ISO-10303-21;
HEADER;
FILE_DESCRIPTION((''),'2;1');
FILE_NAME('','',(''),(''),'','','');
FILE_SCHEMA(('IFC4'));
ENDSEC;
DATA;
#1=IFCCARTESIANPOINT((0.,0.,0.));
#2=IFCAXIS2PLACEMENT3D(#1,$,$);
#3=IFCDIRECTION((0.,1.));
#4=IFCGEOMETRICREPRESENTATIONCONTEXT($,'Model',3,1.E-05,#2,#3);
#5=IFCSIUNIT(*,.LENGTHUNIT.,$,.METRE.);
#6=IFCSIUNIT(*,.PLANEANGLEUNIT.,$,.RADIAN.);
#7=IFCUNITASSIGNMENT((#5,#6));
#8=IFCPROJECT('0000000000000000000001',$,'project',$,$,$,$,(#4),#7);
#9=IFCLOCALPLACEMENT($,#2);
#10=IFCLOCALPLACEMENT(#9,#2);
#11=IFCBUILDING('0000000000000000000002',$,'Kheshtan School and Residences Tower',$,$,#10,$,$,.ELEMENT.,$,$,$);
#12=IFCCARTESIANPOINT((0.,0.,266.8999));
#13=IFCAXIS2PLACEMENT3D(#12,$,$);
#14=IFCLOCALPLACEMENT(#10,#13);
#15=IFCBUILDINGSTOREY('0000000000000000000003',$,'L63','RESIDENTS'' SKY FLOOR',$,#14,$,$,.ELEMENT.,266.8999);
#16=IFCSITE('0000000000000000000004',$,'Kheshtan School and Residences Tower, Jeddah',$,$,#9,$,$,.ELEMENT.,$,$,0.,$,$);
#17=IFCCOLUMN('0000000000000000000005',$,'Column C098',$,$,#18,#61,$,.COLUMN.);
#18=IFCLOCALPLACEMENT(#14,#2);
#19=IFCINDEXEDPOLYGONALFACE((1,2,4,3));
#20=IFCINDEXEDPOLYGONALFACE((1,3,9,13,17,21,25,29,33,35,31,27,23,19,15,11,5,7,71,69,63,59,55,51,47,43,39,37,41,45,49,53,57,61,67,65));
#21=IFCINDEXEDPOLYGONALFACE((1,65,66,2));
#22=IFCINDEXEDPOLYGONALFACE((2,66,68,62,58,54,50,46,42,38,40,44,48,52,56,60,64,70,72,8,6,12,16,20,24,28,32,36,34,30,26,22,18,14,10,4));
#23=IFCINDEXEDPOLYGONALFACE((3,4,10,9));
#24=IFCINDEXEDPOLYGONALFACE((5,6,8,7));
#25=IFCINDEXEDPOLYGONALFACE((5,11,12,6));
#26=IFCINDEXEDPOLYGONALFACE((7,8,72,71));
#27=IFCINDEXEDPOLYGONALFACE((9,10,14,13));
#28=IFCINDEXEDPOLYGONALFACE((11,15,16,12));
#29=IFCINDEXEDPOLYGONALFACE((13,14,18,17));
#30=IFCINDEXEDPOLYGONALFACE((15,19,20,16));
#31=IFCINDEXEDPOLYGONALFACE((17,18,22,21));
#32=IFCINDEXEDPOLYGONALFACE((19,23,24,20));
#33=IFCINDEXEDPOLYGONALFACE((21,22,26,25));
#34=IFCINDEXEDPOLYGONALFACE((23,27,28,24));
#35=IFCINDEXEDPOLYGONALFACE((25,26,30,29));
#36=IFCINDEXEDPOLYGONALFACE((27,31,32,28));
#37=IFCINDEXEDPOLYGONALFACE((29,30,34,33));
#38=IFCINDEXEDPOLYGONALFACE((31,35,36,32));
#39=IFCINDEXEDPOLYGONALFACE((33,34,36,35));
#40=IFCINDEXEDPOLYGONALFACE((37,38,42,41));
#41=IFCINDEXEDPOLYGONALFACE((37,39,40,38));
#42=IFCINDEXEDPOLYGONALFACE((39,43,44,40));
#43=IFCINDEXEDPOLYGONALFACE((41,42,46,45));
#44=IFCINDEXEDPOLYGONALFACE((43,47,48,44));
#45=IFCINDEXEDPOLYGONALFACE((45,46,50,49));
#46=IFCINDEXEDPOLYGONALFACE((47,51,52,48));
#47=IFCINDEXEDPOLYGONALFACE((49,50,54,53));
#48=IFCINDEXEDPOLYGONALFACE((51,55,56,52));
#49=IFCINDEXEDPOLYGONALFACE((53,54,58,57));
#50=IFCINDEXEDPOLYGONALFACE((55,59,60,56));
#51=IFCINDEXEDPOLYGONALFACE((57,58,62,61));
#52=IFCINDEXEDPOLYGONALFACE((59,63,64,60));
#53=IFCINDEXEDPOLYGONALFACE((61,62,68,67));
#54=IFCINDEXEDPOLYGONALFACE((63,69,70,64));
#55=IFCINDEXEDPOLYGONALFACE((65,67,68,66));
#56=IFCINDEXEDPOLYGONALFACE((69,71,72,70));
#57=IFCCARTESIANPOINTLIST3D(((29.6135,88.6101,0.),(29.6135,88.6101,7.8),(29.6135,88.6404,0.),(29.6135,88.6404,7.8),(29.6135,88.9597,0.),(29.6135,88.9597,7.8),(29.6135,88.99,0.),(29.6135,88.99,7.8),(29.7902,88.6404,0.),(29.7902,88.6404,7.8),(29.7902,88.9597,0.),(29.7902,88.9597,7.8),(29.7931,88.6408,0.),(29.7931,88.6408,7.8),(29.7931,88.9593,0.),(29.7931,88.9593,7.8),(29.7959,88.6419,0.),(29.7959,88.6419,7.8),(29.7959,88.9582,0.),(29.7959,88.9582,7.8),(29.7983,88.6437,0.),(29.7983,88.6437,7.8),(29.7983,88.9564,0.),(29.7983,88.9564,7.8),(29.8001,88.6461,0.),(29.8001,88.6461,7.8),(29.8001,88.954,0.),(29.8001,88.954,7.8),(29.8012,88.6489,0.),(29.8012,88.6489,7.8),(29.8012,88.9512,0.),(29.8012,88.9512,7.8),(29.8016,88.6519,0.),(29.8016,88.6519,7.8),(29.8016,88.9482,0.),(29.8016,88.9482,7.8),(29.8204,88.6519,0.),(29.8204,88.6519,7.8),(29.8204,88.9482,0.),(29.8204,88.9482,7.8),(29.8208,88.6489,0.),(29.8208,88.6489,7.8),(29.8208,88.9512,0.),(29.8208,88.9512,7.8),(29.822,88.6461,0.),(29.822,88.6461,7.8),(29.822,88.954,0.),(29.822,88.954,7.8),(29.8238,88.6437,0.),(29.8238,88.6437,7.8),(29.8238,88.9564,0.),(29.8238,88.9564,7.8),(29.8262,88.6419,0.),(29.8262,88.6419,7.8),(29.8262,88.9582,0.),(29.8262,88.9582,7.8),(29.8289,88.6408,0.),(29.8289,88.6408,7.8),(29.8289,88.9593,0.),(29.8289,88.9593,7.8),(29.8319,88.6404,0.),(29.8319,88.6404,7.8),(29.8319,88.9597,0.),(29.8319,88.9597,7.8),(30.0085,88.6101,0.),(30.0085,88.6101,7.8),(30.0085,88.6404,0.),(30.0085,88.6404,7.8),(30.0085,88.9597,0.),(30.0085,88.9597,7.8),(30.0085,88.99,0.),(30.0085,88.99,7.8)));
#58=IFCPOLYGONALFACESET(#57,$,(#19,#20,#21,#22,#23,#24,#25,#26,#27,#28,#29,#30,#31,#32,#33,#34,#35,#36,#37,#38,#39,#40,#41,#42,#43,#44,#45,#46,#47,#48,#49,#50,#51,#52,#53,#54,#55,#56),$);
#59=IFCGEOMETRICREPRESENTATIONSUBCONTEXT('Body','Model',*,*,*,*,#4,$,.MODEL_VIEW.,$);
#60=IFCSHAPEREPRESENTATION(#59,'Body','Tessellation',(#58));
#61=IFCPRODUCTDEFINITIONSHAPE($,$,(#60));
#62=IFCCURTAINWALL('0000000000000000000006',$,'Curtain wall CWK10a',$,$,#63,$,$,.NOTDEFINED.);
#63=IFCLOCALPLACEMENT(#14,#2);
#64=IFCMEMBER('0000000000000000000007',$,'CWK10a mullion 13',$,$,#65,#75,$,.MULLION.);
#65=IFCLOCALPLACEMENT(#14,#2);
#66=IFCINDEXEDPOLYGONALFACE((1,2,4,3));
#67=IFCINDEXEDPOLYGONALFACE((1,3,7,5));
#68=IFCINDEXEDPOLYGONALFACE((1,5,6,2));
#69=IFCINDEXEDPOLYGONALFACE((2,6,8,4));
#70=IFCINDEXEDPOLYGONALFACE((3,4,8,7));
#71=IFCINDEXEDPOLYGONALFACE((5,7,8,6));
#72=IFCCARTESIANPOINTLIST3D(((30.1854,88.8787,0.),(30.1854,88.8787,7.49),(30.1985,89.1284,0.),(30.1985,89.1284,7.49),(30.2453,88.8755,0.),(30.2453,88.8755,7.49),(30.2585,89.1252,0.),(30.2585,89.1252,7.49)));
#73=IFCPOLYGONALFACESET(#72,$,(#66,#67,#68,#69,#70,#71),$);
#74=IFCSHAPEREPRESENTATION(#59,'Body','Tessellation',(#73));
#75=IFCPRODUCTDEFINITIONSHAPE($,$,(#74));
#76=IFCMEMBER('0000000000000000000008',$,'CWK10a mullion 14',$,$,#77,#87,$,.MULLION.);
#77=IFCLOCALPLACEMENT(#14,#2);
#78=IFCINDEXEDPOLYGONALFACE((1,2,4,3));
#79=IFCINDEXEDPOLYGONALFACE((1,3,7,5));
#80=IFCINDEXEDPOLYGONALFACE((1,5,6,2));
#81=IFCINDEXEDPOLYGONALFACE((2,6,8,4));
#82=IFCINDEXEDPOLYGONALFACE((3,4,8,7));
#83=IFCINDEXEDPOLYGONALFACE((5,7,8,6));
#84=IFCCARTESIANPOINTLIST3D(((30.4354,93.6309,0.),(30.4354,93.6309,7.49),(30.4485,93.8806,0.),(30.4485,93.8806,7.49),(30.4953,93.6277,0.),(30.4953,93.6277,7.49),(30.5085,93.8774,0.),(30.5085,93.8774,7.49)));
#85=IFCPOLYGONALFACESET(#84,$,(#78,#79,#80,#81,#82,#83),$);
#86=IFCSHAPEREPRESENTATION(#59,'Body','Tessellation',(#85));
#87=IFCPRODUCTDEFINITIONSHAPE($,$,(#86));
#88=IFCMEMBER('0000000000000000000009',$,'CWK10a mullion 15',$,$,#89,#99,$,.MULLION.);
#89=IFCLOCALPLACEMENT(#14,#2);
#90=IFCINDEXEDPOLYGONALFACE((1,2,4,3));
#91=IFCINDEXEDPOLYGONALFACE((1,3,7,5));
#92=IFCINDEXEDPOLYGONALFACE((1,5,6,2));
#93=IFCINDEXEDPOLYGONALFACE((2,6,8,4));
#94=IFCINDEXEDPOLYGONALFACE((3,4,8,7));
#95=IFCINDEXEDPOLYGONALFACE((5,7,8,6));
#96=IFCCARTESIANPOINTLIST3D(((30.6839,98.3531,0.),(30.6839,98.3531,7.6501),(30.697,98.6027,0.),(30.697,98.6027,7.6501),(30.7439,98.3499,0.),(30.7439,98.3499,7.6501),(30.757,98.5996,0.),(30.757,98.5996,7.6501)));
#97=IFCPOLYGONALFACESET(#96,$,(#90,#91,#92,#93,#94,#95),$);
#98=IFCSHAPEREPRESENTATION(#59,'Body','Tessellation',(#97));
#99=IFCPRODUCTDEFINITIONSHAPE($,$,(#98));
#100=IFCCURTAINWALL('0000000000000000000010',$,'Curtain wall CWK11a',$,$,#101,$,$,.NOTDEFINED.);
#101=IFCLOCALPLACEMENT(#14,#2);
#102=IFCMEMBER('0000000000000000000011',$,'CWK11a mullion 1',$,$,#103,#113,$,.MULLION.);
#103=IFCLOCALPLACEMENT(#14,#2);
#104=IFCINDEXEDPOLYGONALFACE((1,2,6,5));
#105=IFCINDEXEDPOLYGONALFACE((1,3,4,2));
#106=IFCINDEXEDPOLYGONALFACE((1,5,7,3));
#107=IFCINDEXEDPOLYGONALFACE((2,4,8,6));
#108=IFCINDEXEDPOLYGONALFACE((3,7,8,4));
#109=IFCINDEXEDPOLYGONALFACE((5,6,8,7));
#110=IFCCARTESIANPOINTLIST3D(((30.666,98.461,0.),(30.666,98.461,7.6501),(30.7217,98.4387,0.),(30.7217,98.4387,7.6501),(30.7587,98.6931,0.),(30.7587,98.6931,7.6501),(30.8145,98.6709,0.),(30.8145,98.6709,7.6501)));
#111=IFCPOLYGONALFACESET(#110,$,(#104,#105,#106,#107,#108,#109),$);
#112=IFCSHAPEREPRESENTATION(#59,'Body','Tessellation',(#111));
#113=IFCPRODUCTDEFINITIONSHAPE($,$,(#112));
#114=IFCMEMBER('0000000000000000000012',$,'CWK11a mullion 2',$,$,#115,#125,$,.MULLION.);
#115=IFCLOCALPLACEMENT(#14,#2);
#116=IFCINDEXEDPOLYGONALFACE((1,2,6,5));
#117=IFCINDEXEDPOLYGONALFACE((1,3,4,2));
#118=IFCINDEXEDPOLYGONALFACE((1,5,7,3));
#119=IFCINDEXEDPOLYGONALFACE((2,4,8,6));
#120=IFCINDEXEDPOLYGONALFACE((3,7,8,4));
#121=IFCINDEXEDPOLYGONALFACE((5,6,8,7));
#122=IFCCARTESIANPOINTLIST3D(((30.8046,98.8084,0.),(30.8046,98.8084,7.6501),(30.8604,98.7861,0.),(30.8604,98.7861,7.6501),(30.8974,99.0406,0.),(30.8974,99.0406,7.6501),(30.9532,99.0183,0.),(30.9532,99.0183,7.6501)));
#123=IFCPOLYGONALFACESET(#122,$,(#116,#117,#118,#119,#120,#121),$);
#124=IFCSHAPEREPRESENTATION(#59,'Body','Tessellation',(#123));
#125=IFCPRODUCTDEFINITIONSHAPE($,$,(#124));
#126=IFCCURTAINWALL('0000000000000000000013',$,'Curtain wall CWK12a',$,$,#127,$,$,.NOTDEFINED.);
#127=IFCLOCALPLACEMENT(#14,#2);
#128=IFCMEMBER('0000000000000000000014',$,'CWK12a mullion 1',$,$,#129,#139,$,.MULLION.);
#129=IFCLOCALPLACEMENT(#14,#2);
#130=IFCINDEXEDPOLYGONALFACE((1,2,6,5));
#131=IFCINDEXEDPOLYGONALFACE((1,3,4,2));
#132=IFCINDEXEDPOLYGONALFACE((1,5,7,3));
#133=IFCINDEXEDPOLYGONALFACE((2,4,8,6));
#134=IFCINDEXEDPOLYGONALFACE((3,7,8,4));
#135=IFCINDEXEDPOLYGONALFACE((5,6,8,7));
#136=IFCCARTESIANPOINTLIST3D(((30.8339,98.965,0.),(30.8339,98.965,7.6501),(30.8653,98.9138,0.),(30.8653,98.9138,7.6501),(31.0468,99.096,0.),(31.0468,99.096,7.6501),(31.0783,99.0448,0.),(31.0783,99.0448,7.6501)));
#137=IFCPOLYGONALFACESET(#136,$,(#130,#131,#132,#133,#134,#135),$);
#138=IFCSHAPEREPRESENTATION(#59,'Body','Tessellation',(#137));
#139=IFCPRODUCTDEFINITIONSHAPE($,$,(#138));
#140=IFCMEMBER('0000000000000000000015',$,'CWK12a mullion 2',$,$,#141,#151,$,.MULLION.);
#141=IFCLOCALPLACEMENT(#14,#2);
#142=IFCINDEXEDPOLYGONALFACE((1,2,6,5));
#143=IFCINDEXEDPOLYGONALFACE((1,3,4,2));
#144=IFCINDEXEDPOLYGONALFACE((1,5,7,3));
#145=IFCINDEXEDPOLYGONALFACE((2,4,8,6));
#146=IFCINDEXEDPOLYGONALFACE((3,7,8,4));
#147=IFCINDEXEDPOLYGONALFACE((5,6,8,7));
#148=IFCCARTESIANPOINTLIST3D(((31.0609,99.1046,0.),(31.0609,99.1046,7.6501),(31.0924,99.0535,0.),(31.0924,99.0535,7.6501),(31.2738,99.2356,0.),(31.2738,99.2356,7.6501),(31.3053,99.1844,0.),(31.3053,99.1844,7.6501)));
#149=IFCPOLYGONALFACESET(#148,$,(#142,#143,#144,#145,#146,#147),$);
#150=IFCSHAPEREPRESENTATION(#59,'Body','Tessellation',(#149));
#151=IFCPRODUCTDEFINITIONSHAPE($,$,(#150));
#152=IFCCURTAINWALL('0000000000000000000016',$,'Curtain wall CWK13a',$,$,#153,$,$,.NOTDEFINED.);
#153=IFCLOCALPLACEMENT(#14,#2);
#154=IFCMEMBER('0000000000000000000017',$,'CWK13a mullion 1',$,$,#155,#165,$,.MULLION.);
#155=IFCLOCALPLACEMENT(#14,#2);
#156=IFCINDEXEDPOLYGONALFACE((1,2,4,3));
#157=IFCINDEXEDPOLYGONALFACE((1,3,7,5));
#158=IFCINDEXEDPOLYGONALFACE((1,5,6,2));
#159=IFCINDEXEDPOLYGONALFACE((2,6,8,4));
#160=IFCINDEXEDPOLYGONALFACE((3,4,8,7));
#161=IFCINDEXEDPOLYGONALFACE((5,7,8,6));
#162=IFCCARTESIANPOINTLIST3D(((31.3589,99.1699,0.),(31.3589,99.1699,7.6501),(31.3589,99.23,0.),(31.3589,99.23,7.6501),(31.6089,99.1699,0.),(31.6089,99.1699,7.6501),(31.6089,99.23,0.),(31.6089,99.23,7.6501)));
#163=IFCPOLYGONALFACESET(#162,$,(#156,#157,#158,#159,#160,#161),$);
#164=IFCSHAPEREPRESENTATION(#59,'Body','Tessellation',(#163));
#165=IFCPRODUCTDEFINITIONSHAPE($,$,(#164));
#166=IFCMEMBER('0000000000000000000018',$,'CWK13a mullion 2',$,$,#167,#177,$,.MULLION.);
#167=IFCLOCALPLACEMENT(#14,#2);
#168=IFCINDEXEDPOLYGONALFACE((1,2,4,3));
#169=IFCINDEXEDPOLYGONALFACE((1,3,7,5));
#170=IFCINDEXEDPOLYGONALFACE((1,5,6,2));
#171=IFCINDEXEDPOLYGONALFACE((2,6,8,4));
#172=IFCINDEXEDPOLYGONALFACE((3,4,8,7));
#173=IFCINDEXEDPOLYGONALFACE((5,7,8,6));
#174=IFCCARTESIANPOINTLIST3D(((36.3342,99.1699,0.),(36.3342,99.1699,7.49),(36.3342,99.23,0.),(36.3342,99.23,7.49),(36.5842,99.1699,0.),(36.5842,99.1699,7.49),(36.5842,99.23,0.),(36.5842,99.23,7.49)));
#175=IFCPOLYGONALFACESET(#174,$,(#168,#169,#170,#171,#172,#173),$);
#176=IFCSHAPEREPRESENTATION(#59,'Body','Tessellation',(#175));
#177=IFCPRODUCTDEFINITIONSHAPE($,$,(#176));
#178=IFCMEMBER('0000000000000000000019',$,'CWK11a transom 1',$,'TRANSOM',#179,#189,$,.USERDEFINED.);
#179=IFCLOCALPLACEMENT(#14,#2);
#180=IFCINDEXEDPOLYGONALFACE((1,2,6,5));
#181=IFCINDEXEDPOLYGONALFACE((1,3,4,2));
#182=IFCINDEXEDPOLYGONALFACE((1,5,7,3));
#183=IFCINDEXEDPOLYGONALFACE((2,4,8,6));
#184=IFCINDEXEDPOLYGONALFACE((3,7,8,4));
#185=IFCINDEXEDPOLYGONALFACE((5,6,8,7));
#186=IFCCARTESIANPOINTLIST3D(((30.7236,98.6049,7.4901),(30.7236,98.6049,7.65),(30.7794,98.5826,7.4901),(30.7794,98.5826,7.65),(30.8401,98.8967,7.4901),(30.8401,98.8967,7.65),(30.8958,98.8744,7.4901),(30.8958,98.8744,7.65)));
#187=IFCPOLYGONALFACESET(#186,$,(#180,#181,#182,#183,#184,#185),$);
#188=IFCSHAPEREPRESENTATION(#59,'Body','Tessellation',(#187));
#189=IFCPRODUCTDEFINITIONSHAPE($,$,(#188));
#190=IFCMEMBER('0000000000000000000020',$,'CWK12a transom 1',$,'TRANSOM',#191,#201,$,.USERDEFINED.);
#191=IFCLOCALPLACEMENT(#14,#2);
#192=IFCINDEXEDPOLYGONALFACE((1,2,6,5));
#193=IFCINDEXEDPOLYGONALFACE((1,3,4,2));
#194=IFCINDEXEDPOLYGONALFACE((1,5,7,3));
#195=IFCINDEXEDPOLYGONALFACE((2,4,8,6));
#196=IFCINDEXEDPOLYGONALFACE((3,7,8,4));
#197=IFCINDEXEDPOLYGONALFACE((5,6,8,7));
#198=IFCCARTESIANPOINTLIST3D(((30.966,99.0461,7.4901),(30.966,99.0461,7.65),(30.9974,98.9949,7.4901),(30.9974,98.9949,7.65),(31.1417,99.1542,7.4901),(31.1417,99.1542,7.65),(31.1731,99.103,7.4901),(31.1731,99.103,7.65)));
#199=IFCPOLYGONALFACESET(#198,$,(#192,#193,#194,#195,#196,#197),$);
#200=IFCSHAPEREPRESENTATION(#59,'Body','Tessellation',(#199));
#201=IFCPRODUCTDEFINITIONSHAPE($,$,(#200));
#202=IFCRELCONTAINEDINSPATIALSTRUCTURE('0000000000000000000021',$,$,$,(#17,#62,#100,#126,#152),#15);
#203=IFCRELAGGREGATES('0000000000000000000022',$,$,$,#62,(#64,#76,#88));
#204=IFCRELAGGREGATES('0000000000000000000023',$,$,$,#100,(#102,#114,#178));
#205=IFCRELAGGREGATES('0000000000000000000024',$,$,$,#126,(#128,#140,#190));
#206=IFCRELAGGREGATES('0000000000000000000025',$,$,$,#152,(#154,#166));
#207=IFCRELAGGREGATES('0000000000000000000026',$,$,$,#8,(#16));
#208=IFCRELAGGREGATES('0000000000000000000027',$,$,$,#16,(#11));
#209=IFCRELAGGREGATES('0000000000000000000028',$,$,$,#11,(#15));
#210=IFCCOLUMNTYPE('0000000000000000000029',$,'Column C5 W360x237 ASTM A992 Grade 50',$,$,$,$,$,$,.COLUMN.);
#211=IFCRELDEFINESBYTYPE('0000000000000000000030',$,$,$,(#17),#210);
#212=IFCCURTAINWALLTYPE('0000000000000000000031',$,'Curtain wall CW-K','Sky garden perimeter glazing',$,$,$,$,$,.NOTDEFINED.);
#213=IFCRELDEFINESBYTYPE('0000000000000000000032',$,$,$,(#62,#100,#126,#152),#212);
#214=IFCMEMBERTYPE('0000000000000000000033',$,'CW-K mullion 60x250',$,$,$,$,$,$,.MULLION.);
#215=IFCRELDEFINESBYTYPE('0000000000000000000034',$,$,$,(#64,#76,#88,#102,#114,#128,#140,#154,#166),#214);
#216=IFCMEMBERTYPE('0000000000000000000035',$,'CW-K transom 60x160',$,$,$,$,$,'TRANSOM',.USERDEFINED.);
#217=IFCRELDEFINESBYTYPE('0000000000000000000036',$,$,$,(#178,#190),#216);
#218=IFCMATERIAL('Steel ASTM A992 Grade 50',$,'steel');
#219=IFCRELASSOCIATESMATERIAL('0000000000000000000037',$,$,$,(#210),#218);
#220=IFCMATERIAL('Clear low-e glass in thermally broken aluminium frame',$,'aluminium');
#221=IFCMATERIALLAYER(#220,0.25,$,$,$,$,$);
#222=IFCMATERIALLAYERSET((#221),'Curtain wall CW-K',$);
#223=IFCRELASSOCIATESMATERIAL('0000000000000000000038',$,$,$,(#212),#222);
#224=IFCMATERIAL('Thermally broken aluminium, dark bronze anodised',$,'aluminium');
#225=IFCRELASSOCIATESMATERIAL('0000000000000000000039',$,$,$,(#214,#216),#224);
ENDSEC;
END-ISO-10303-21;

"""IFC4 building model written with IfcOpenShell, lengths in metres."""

from ifc_helpers import new_model, si_unit, direction, frame, origin, origin_2d, place, context, subcontext, project, spatial, rectangle, i_section, extrude, material, layer, layer_set, material_profile, profile_set, type_object, element, aggregate, save


model = new_model("IFC4")

# Units and contexts
model_context = context("Model", 3, precision=1e-05, world=origin(), true_north=direction((0.0, 1.0)))
body_context = subcontext(model_context, "Body", "Model", "MODEL_VIEW")
ifc_project = project(units=[si_unit("LENGTHUNIT", "METRE"), si_unit("PLANEANGLEUNIT", "RADIAN")], contexts=[model_context])

# Site, building, storey
site_placement = place(None, origin())
site = spatial("IfcSite", under=ifc_project, at=site_placement, Name="Kheshtan School and Residences Tower, Jeddah", CompositionType="ELEMENT", RefElevation=0.0)
building_placement = place(site_placement, origin())
building = spatial("IfcBuilding", under=site, at=building_placement, Name="Kheshtan School and Residences Tower", CompositionType="ELEMENT")
storey_placement = place(building_placement, frame((0.0, 0.0, 266.8999)))
storey = spatial("IfcBuildingStorey", under=building, at=storey_placement, Name="L63", Description="RESIDENTS' SKY FLOOR", CompositionType="ELEMENT", Elevation=266.8999)

# Column
ifc_material_1 = material(Name="Steel ASTM A992 Grade 50", Category="steel")
ifc_material_profile_1 = material_profile(ifc_material_1, i_section(OverallWidth=0.395, OverallDepth=0.3799, WebThickness=0.0188, FlangeThickness=0.0303, FilletRadius=0.0115, at=origin_2d()), Name="W360x237")
ifc_profile_set_1 = profile_set([ifc_material_profile_1], Name="Steel ASTM A992 Grade 50")
column_type = type_object("IfcColumnType", Name="Column C5 W360x237 ASTM A992 Grade 50", PredefinedType="COLUMN", material=ifc_profile_set_1)
column_placement = place(storey_placement, frame((29.811, 88.8, 0.0), z_axis=(0.0, 0.0, 1.0), x_axis=(1.0, 0.0, 0.0)))
element("IfcColumn", 1, at=column_placement, inside=storey, type_object=column_type, Name="Column C098", PredefinedType="COLUMN", context=body_context, shape_type="SweptSolid", body=[
    extrude(i_section(OverallWidth=0.395, OverallDepth=0.3799, WebThickness=0.0188, FlangeThickness=0.0303, FilletRadius=0.0115, at=origin_2d()), origin(), (0.0, 0.0, 1.0), 7.8),
])

# Curtain walls, members
ifc_material_2 = material(Name="Clear low-e glass in thermally broken aluminium frame", Category="aluminium")
ifc_layer_1 = layer(ifc_material_2, 0.25)
ifc_layer_set_1 = layer_set([ifc_layer_1], Name="Curtain wall CW-K")
curtain_wall_type = type_object("IfcCurtainWallType", Name="Curtain wall CW-K", Description="Sky garden perimeter glazing", PredefinedType="NOTDEFINED", material=ifc_layer_set_1)
curtain_wall_1_placement = place(storey_placement, origin())
curtain_wall_1 = element("IfcCurtainWall", 2, at=curtain_wall_1_placement, inside=storey, type_object=curtain_wall_type, Name="Curtain wall CWK10a", PredefinedType="NOTDEFINED")
ifc_material_3 = material(Name="Thermally broken aluminium, dark bronze anodised", Category="aluminium")
ifc_material_profile_2 = material_profile(ifc_material_3, rectangle(XDim=0.0601, YDim=0.25, at=origin_2d()), Name="CW-K mullion 60x250")
ifc_profile_set_2 = profile_set([ifc_material_profile_2], Name="Thermally broken aluminium, dark bronze anodised")
member_type_1 = type_object("IfcMemberType", Name="CW-K mullion 60x250", PredefinedType="MULLION", material=ifc_profile_set_2)
member_1_placement = place(storey_placement, frame((30.2219, 89.002, 0.0), z_axis=(0.0, 0.0, 1.0), x_axis=(-0.998617, 0.052565, 0.0)))
member_1 = element("IfcMember", 3, at=member_1_placement, type_object=member_type_1, Name="CWK10a mullion 13", PredefinedType="MULLION", context=body_context, shape_type="SweptSolid", body=[
    extrude(rectangle(XDim=0.0601, YDim=0.25, at=origin_2d()), origin(), (0.0, 0.0, 1.0), 7.49),
])
member_2_placement = place(storey_placement, frame((30.4719, 93.7542, 0.0), z_axis=(0.0, 0.0, 1.0), x_axis=(-0.998617, 0.052565, 0.0)))
member_2 = element("IfcMember", 4, at=member_2_placement, type_object=member_type_1, Name="CWK10a mullion 14", PredefinedType="MULLION", context=body_context, shape_type="SweptSolid", body=[
    extrude(rectangle(XDim=0.0601, YDim=0.25, at=origin_2d()), origin(), (0.0, 0.0, 1.0), 7.49),
])
member_3_placement = place(storey_placement, frame((30.7205, 98.4763, 0.0), z_axis=(0.0, 0.0, 1.0), x_axis=(-0.998617, 0.052565, 0.0)))
member_3 = element("IfcMember", 5, at=member_3_placement, type_object=member_type_1, Name="CWK10a mullion 15", PredefinedType="MULLION", context=body_context, shape_type="SweptSolid", body=[
    extrude(rectangle(XDim=0.0601, YDim=0.25, at=origin_2d()), origin(), (0.0, 0.0, 1.0), 7.6501),
])
curtain_wall_2_placement = place(storey_placement, origin())
curtain_wall_2 = element("IfcCurtainWall", 6, at=curtain_wall_2_placement, inside=storey, type_object=curtain_wall_type, Name="Curtain wall CWK11a", PredefinedType="NOTDEFINED")
member_4_placement = place(storey_placement, frame((30.7402, 98.5659, 0.0), z_axis=(0.0, 0.0, 1.0), x_axis=(-0.928636, 0.370993, 0.0)))
member_4 = element("IfcMember", 7, at=member_4_placement, type_object=member_type_1, Name="CWK11a mullion 1", PredefinedType="MULLION", context=body_context, shape_type="SweptSolid", body=[
    extrude(rectangle(XDim=0.0601, YDim=0.25, at=origin_2d()), origin(), (0.0, 0.0, 1.0), 7.6501),
])
member_5_placement = place(storey_placement, frame((30.8789, 98.9133, 0.0), z_axis=(0.0, 0.0, 1.0), x_axis=(-0.928636, 0.370993, 0.0)))
member_5 = element("IfcMember", 8, at=member_5_placement, type_object=member_type_1, Name="CWK11a mullion 2", PredefinedType="MULLION", context=body_context, shape_type="SweptSolid", body=[
    extrude(rectangle(XDim=0.0601, YDim=0.25, at=origin_2d()), origin(), (0.0, 0.0, 1.0), 7.6501),
])
curtain_wall_3_placement = place(storey_placement, origin())
curtain_wall_3 = element("IfcCurtainWall", 9, at=curtain_wall_3_placement, inside=storey, type_object=curtain_wall_type, Name="Curtain wall CWK12a", PredefinedType="NOTDEFINED")
member_6_placement = place(storey_placement, frame((30.9561, 99.0049, 0.0), z_axis=(0.0, 0.0, 1.0), x_axis=(-0.523926, 0.851763, 0.0)))
member_6 = element("IfcMember", 10, at=member_6_placement, type_object=member_type_1, Name="CWK12a mullion 1", PredefinedType="MULLION", context=body_context, shape_type="SweptSolid", body=[
    extrude(rectangle(XDim=0.0601, YDim=0.25, at=origin_2d()), origin(), (0.0, 0.0, 1.0), 7.6501),
])
member_7_placement = place(storey_placement, frame((31.1831, 99.1445, 0.0), z_axis=(0.0, 0.0, 1.0), x_axis=(-0.523926, 0.851763, 0.0)))
member_7 = element("IfcMember", 11, at=member_7_placement, type_object=member_type_1, Name="CWK12a mullion 2", PredefinedType="MULLION", context=body_context, shape_type="SweptSolid", body=[
    extrude(rectangle(XDim=0.0601, YDim=0.25, at=origin_2d()), origin(), (0.0, 0.0, 1.0), 7.6501),
])
curtain_wall_4_placement = place(storey_placement, origin())
curtain_wall_4 = element("IfcCurtainWall", 12, at=curtain_wall_4_placement, inside=storey, type_object=curtain_wall_type, Name="Curtain wall CWK13a", PredefinedType="NOTDEFINED")
member_8_placement = place(storey_placement, frame((31.4839, 99.2, 0.0), z_axis=(0.0, 0.0, 1.0), x_axis=(0.0, 1.0, 0.0)))
member_8 = element("IfcMember", 13, at=member_8_placement, type_object=member_type_1, Name="CWK13a mullion 1", PredefinedType="MULLION", context=body_context, shape_type="SweptSolid", body=[
    extrude(rectangle(XDim=0.0601, YDim=0.25, at=origin_2d()), origin(), (0.0, 0.0, 1.0), 7.6501),
])
member_9_placement = place(storey_placement, frame((36.4592, 99.2, 0.0), z_axis=(0.0, 0.0, 1.0), x_axis=(0.0, 1.0, 0.0)))
member_9 = element("IfcMember", 14, at=member_9_placement, type_object=member_type_1, Name="CWK13a mullion 2", PredefinedType="MULLION", context=body_context, shape_type="SweptSolid", body=[
    extrude(rectangle(XDim=0.0601, YDim=0.25, at=origin_2d()), origin(), (0.0, 0.0, 1.0), 7.49),
])

# Members
ifc_material_profile_3 = material_profile(ifc_material_3, rectangle(XDim=0.0601, YDim=0.1599, at=origin_2d()), Name="CW-K transom 60x160")
ifc_profile_set_3 = profile_set([ifc_material_profile_3], Name="Thermally broken aluminium, dark bronze anodised")
member_type_2 = type_object("IfcMemberType", Name="CW-K transom 60x160", ElementType="TRANSOM", PredefinedType="USERDEFINED", material=ifc_profile_set_3)
member_10_placement = place(storey_placement, frame((30.7515, 98.5938, 7.5701), z_axis=(0.370721, 0.928744, 0.0), x_axis=(-0.928744, 0.370721, 0.0)))
member_10 = element("IfcMember", 15, at=member_10_placement, type_object=member_type_2, Name="CWK11a transom 1", ObjectType="TRANSOM", PredefinedType="USERDEFINED", context=body_context, shape_type="SweptSolid", body=[
    extrude(rectangle(XDim=0.0601, YDim=0.1599, at=origin_2d()), origin(), (0.0, 0.0, 1.0), 0.3142),
])
member_11_placement = place(storey_placement, frame((30.9817, 99.0205, 7.5701), z_axis=(0.851699, 0.524031, 0.0), x_axis=(-0.524031, 0.851699, 0.0)))
member_11 = element("IfcMember", 16, at=member_11_placement, type_object=member_type_2, Name="CWK12a transom 1", ObjectType="TRANSOM", PredefinedType="USERDEFINED", context=body_context, shape_type="SweptSolid", body=[
    extrude(rectangle(XDim=0.0601, YDim=0.1599, at=origin_2d()), origin(), (0.0, 0.0, 1.0), 0.2063),
])

aggregate(curtain_wall_1, [member_1, member_2, member_3])
aggregate(curtain_wall_2, [member_4, member_5, member_10])
aggregate(curtain_wall_3, [member_6, member_7, member_11])
aggregate(curtain_wall_4, [member_8, member_9])

save(model, "model.ifc")
